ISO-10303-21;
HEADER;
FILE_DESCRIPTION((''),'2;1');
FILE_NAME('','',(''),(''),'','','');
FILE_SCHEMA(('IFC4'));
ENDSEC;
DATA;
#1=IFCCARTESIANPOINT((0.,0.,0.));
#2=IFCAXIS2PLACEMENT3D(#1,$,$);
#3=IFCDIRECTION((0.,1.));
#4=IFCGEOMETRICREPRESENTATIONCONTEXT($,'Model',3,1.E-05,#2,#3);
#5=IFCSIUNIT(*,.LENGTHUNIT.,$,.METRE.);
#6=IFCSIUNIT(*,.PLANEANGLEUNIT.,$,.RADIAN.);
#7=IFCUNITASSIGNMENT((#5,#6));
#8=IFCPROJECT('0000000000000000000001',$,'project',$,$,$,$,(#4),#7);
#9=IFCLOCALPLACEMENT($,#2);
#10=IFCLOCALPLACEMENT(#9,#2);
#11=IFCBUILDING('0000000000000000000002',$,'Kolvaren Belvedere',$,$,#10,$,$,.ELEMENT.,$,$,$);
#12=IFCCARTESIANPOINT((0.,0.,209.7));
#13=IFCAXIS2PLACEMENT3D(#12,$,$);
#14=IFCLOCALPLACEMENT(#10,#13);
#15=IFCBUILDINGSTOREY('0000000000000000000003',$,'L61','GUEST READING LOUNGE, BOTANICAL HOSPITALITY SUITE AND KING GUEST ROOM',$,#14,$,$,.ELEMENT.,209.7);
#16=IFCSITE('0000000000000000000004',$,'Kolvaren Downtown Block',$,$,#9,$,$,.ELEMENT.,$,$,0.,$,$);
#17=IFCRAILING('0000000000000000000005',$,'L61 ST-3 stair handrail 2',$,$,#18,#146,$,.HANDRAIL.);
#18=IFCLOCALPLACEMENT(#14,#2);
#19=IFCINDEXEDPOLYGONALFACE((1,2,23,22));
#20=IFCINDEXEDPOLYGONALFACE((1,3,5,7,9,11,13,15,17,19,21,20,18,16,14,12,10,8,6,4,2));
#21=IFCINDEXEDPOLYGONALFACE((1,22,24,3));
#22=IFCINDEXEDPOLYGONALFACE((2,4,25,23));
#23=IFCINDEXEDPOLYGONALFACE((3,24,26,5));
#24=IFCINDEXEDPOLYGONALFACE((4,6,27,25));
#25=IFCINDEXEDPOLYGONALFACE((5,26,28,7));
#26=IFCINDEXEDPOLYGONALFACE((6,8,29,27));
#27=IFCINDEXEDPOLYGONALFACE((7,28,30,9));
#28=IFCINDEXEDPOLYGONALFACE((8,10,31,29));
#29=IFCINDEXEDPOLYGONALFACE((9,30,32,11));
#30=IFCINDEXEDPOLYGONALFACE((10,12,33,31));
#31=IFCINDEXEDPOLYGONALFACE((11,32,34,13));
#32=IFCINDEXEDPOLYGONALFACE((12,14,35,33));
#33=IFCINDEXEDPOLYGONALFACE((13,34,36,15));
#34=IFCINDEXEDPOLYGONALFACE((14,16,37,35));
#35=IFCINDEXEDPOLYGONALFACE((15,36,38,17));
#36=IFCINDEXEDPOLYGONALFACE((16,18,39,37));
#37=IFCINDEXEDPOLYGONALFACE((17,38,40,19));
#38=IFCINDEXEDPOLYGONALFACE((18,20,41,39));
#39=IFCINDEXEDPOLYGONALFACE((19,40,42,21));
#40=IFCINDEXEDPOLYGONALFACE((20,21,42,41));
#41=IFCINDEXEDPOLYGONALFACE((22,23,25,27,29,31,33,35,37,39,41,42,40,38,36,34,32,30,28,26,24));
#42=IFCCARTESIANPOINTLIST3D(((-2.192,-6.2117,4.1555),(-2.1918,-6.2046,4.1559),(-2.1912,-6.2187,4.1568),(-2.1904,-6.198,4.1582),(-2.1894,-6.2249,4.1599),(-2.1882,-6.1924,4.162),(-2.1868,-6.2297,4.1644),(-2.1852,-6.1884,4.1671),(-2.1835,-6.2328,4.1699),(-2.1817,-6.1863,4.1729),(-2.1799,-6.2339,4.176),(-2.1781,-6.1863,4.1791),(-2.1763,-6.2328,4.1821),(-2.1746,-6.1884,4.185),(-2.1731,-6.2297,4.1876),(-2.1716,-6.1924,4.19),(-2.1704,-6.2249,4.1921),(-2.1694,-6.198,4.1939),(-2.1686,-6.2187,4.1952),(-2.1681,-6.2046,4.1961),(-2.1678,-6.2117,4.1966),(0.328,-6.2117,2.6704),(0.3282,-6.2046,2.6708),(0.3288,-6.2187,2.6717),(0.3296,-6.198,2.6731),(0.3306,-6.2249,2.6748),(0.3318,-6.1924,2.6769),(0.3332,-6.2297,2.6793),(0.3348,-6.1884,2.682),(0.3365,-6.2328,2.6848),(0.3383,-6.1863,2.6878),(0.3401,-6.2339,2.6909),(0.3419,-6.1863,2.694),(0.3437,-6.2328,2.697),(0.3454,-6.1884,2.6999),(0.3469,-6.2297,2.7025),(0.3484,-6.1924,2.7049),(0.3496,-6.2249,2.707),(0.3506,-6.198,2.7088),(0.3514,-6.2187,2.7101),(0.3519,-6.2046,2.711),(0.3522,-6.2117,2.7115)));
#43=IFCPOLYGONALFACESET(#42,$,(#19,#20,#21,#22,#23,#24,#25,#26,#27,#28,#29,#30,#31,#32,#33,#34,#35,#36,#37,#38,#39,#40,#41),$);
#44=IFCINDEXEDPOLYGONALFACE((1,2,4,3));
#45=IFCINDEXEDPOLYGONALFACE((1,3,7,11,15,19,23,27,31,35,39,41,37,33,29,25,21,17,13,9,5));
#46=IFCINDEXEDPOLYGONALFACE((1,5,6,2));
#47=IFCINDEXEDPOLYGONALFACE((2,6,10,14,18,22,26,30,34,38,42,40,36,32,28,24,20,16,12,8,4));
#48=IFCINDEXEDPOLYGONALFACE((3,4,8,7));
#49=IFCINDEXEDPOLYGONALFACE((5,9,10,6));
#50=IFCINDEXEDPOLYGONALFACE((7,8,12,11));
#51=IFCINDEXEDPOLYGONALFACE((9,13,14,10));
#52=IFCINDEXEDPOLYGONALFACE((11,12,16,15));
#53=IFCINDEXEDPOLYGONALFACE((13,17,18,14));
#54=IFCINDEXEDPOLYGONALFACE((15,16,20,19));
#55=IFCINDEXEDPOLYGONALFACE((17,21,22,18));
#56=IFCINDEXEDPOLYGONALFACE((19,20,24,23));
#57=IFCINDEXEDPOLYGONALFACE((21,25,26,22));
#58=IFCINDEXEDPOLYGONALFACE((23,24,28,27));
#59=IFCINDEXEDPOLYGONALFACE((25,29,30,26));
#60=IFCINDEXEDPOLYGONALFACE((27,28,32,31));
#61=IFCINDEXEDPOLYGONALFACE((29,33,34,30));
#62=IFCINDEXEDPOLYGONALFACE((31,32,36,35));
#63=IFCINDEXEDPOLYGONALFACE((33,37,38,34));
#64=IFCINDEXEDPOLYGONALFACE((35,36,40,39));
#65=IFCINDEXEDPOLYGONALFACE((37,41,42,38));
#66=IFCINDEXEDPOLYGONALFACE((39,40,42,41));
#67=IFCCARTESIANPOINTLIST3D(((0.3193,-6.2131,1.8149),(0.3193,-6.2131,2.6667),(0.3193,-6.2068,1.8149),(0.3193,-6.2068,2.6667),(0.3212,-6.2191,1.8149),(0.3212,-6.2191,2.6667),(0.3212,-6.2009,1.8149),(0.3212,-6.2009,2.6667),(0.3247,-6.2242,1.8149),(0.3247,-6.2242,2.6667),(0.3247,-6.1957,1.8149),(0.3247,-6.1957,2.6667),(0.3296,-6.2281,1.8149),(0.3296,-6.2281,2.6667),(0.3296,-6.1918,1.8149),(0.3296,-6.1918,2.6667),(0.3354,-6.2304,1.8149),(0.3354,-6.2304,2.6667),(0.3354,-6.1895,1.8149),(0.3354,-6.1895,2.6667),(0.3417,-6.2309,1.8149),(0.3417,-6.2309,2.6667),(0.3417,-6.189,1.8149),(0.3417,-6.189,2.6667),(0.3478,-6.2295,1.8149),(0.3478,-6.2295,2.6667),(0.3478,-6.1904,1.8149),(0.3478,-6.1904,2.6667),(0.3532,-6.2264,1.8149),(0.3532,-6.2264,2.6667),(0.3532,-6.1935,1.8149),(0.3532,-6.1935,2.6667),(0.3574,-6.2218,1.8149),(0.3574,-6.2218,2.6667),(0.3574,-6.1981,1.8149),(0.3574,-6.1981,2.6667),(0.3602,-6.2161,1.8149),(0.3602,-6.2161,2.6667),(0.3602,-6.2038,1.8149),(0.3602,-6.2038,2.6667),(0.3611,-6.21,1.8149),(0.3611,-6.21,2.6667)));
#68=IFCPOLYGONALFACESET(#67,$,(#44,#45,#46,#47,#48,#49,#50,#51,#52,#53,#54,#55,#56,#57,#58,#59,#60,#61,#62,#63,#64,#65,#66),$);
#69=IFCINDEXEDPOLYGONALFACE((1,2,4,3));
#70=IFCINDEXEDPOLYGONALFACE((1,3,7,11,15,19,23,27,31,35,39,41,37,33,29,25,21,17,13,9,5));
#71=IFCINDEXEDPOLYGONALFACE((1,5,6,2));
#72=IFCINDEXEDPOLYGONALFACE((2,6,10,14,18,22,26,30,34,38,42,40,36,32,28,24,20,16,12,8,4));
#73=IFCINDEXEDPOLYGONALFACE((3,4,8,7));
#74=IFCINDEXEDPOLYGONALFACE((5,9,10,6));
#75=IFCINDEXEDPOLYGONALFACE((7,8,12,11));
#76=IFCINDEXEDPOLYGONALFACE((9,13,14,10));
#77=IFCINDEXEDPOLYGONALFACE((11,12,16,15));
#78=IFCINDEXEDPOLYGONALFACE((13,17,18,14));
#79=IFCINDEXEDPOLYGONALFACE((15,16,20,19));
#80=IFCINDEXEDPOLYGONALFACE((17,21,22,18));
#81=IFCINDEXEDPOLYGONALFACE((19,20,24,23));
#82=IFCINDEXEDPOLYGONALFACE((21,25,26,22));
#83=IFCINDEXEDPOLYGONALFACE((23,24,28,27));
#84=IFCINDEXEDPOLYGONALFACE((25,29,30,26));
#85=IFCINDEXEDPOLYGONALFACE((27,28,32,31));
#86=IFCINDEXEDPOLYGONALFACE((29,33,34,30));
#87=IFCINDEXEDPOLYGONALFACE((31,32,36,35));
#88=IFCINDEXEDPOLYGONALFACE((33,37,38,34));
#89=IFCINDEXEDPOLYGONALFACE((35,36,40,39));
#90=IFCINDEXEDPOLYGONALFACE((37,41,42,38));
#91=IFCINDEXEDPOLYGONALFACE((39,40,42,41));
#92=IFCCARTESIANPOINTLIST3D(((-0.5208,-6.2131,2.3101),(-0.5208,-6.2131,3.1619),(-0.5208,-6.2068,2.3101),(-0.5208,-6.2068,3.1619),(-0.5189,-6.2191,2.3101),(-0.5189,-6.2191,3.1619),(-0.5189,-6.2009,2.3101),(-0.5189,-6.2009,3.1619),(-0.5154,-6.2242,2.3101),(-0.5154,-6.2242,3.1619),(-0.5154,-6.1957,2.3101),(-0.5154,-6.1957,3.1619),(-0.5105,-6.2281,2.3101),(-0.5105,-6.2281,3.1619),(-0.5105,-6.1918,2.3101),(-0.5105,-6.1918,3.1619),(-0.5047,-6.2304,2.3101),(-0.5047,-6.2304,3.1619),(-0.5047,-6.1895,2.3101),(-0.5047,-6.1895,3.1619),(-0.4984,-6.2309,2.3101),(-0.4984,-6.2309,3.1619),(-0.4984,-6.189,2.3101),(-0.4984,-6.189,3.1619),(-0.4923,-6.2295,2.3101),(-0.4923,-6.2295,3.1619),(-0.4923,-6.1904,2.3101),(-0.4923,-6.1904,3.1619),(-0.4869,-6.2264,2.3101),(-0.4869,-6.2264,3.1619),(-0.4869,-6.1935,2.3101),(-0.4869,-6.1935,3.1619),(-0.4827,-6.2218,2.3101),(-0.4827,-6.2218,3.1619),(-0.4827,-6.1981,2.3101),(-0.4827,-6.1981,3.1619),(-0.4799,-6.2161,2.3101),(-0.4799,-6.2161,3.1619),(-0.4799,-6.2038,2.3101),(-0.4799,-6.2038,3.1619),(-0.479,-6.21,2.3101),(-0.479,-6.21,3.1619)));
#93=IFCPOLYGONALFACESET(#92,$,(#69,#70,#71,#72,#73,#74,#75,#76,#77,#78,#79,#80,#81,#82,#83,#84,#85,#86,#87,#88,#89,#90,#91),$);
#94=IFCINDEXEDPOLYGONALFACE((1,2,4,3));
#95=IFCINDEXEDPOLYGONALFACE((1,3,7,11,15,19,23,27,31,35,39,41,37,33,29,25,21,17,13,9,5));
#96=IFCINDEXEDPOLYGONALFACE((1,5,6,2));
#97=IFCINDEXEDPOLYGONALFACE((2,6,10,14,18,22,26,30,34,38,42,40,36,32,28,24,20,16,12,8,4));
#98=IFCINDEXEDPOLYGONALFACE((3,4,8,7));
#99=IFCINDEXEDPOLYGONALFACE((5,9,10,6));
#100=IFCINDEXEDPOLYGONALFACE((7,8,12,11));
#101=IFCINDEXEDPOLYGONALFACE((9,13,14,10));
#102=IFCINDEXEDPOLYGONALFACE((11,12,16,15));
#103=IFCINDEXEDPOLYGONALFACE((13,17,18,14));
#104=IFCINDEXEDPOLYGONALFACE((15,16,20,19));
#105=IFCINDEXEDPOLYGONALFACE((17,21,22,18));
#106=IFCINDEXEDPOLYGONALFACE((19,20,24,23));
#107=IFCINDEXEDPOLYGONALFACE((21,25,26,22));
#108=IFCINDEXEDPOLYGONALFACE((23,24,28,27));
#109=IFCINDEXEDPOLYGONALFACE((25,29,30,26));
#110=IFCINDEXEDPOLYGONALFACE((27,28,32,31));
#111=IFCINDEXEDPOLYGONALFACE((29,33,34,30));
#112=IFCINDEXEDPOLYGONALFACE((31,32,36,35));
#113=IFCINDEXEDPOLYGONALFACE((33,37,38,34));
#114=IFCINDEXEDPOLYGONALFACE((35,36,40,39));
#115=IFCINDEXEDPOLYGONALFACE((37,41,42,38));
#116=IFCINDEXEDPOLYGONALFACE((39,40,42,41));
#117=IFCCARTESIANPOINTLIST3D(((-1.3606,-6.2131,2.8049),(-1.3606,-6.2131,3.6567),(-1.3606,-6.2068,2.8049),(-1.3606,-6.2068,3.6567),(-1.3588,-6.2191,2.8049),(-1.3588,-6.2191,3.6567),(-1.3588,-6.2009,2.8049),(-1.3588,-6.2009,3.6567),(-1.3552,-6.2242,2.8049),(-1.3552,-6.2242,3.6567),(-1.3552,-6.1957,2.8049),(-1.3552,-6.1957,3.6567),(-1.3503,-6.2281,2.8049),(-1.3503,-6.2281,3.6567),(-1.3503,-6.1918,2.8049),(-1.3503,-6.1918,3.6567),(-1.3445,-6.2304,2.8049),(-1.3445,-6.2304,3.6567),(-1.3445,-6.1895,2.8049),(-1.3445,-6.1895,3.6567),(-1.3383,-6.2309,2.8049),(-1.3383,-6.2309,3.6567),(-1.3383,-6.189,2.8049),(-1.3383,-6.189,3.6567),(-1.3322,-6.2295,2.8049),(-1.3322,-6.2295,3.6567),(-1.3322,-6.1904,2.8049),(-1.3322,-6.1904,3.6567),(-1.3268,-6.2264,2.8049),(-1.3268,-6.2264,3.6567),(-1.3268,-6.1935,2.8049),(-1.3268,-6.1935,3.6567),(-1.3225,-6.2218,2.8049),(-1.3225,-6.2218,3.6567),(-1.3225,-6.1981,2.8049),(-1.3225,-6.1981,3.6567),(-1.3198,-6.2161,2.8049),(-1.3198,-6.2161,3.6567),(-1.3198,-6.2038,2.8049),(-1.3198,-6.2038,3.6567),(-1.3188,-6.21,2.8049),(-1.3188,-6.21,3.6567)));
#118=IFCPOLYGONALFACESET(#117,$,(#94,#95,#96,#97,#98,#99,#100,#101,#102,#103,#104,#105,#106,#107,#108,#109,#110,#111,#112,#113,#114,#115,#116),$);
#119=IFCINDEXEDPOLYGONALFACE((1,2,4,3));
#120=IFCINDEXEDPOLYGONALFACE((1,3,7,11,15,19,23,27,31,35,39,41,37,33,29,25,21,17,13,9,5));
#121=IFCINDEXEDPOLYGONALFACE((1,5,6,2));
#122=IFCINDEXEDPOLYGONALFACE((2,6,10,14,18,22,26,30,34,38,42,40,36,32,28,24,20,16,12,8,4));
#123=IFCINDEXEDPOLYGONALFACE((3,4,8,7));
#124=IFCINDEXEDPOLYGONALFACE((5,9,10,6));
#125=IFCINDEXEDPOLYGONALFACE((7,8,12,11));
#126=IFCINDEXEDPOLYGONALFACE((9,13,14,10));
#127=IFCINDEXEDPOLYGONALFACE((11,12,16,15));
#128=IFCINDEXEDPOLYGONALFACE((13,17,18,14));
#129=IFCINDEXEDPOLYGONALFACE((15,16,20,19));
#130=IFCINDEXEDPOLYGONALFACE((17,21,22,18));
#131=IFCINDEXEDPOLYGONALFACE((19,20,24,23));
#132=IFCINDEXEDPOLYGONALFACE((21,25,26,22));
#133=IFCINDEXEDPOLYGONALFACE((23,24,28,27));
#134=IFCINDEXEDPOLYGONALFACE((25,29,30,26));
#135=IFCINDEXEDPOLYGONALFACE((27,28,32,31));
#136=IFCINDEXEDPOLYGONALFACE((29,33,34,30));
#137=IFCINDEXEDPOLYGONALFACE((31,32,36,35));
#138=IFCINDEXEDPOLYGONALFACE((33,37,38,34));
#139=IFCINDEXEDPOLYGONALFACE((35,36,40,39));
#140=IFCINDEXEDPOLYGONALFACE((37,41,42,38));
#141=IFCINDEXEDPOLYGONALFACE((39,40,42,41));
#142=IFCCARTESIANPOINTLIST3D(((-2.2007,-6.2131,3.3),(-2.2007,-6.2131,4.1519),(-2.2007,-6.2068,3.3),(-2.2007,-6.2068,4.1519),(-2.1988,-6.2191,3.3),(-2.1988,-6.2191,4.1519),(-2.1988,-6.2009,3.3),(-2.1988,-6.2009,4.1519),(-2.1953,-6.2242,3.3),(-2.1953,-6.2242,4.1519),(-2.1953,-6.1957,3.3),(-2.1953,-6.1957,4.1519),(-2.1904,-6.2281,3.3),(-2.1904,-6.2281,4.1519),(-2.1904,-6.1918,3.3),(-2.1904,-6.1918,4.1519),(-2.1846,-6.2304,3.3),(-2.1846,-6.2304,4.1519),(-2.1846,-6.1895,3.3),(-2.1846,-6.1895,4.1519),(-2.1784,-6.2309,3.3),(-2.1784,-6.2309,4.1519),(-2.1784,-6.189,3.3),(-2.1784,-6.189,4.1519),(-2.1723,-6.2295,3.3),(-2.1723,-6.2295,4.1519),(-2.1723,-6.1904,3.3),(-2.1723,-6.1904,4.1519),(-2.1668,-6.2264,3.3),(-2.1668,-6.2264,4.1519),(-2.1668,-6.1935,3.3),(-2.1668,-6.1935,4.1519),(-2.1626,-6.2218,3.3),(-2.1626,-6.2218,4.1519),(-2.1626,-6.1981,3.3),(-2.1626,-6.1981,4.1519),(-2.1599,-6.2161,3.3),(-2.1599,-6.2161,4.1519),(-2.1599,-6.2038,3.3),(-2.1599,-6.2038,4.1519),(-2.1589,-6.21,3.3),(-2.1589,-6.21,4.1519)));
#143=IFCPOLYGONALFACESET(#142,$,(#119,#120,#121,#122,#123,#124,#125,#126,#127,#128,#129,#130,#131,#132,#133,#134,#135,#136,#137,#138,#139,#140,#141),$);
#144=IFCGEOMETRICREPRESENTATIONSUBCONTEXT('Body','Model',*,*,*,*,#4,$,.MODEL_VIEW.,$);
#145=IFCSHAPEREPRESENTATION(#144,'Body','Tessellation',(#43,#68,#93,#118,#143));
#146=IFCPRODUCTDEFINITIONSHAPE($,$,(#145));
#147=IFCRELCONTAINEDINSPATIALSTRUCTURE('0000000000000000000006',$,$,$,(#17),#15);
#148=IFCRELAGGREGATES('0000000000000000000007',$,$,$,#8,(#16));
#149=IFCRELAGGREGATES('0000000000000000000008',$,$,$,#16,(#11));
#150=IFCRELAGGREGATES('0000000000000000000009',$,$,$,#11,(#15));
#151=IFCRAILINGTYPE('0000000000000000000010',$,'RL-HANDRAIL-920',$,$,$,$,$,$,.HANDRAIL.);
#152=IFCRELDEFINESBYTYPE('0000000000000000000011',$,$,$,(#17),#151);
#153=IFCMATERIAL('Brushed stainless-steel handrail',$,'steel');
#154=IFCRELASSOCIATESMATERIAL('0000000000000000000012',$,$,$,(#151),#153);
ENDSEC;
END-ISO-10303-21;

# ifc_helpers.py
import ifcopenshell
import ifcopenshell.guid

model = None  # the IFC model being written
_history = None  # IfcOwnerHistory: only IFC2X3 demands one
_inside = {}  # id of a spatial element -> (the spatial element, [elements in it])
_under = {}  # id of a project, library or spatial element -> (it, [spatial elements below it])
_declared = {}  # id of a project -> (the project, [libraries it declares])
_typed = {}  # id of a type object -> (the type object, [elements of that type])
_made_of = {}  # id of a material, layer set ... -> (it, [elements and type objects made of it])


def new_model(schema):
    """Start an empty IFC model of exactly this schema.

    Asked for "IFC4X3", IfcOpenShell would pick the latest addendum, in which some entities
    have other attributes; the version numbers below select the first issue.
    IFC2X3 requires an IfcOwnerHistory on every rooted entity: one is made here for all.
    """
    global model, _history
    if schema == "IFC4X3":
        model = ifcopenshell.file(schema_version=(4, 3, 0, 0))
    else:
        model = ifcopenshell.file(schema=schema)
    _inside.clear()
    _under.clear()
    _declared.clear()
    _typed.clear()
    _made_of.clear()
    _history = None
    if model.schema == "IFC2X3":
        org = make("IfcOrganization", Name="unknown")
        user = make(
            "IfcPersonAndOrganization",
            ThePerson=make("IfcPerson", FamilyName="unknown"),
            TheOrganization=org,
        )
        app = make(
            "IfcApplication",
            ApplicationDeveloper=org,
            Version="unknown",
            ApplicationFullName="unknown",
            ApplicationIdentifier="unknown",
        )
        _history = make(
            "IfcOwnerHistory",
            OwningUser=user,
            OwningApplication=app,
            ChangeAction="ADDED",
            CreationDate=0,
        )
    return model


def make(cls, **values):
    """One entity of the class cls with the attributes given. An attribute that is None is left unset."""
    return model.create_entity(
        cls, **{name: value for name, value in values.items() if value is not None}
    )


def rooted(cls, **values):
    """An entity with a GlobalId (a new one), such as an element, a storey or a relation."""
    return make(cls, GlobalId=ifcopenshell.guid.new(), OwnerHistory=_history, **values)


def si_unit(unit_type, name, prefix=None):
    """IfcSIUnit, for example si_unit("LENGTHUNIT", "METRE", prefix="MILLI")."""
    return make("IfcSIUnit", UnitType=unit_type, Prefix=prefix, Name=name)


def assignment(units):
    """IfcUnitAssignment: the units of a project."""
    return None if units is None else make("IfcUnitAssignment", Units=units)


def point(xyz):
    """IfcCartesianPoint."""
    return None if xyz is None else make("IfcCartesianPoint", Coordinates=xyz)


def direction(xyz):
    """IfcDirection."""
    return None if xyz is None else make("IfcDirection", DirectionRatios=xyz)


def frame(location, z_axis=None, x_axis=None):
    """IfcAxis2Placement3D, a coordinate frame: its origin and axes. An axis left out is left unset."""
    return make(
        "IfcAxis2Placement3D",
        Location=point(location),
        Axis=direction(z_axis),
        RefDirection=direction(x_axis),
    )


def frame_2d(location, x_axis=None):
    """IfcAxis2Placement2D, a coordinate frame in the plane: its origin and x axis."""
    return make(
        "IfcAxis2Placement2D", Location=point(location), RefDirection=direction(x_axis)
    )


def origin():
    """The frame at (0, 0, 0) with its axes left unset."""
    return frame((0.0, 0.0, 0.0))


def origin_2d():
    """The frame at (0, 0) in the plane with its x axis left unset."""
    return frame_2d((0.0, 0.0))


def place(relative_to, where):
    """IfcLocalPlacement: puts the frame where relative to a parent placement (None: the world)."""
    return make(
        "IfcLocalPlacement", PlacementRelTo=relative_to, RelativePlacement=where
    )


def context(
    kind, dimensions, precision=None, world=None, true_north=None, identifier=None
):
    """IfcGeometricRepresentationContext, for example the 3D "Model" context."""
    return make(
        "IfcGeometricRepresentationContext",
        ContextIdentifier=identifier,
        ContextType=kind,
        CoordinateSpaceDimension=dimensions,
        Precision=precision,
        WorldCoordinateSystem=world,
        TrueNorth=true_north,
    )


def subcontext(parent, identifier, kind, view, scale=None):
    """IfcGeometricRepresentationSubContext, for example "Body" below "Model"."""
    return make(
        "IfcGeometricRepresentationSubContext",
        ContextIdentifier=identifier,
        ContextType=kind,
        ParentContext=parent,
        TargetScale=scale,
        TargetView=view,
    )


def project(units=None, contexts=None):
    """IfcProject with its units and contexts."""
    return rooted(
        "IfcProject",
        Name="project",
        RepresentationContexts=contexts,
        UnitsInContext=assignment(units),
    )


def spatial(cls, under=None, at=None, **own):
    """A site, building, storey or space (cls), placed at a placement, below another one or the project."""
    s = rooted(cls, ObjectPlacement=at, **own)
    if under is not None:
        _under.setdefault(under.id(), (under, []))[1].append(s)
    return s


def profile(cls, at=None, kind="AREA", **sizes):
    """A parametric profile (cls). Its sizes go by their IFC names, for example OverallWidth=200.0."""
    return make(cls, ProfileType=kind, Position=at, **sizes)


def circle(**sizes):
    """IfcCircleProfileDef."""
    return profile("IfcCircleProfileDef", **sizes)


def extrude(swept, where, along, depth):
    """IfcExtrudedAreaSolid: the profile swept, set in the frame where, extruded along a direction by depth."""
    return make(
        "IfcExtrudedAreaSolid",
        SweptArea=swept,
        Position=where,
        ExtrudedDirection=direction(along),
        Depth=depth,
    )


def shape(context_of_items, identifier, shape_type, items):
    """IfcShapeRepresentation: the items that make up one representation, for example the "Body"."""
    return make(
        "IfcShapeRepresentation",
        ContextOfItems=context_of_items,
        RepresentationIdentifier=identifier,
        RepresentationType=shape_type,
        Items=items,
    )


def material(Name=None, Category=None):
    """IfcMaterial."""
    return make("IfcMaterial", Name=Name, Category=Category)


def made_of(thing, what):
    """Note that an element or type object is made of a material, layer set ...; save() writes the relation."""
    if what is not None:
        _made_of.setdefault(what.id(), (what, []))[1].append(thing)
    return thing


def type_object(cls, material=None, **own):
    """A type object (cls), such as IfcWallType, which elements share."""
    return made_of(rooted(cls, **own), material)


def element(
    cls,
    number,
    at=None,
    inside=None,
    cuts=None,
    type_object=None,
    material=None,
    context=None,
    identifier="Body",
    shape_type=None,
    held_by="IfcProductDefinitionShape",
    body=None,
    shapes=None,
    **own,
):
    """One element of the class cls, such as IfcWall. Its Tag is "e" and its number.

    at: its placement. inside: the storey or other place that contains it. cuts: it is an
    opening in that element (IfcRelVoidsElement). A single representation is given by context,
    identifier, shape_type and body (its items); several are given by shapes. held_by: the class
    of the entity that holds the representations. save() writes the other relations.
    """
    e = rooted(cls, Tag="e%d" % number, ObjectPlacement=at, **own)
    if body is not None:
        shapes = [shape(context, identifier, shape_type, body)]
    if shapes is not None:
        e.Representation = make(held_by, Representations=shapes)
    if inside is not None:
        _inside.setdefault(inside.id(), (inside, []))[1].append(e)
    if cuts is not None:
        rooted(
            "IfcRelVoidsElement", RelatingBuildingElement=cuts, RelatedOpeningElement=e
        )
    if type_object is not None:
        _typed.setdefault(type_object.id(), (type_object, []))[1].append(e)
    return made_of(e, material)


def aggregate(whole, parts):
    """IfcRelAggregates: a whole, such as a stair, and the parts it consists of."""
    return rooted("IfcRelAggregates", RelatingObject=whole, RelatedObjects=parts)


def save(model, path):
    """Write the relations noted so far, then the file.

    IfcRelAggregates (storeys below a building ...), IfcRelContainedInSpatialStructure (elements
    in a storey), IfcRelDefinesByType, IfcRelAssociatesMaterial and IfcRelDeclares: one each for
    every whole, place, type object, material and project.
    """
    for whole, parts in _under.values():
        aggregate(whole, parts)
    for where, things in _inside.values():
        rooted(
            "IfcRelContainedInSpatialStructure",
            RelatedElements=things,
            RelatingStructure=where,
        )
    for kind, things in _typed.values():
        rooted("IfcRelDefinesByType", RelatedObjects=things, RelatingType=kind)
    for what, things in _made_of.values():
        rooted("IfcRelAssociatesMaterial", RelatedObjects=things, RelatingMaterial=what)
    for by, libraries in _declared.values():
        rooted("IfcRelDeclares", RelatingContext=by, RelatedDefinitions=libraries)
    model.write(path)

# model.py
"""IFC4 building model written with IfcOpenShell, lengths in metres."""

from ifc_helpers import new_model, si_unit, direction, frame, origin, origin_2d, place, context, subcontext, project, spatial, circle, extrude, material, type_object, element, save


model = new_model("IFC4")

# Units and contexts
model_context = context("Model", 3, precision=1e-05, world=origin(), true_north=direction((0.0, 1.0)))
body_context = subcontext(model_context, "Body", "Model", "MODEL_VIEW")
ifc_project = project(units=[si_unit("LENGTHUNIT", "METRE"), si_unit("PLANEANGLEUNIT", "RADIAN")], contexts=[model_context])

# Site, building, storey
site_placement = place(None, origin())
site = spatial("IfcSite", under=ifc_project, at=site_placement, Name="Kolvaren Downtown Block", CompositionType="ELEMENT", RefElevation=0.0)
building_placement = place(site_placement, origin())
building = spatial("IfcBuilding", under=site, at=building_placement, Name="Kolvaren Belvedere", CompositionType="ELEMENT")
storey_placement = place(building_placement, frame((0.0, 0.0, 209.7)))
storey = spatial("IfcBuildingStorey", under=building, at=storey_placement, Name="L61", Description="GUEST READING LOUNGE, BOTANICAL HOSPITALITY SUITE AND KING GUEST ROOM", CompositionType="ELEMENT", Elevation=209.7)

# Railing
ifc_material_1 = material(Name="Brushed stainless-steel handrail", Category="steel")
railing_type_1 = type_object("IfcRailingType", Name="RL-HANDRAIL-920", PredefinedType="HANDRAIL", material=ifc_material_1)
railing_1_placement = place(storey_placement, frame((0.3401, -6.21, 1.8149)))
element("IfcRailing", 1, at=railing_1_placement, inside=storey, type_object=railing_type_1, Name="L61 ST-3 stair handrail 2", PredefinedType="HANDRAIL", context=body_context, shape_type="SweptSolid", body=[
    extrude(circle(Radius=0.0239, at=origin_2d()), frame((0.0, 0.0, 0.876), z_axis=(-0.861524, 0.0, 0.507717), x_axis=(0.0, -1.0, 0.0)), (0.0, 0.0, 1.0), 2.925),
    extrude(circle(Radius=0.021, at=origin_2d()), origin(), (0.0, 0.0, 1.0), 0.8518),
    extrude(circle(Radius=0.021, at=origin_2d()), frame((-0.8401, 0.0, 0.4951)), (0.0, 0.0, 1.0), 0.8518),
    extrude(circle(Radius=0.021, at=origin_2d()), frame((-1.6799, 0.0, 0.99)), (0.0, 0.0, 1.0), 0.8518),
    extrude(circle(Radius=0.021, at=origin_2d()), frame((-2.52, 0.0, 1.4851)), (0.0, 0.0, 1.0), 0.8518),
])

save(model, "model.ifc")
